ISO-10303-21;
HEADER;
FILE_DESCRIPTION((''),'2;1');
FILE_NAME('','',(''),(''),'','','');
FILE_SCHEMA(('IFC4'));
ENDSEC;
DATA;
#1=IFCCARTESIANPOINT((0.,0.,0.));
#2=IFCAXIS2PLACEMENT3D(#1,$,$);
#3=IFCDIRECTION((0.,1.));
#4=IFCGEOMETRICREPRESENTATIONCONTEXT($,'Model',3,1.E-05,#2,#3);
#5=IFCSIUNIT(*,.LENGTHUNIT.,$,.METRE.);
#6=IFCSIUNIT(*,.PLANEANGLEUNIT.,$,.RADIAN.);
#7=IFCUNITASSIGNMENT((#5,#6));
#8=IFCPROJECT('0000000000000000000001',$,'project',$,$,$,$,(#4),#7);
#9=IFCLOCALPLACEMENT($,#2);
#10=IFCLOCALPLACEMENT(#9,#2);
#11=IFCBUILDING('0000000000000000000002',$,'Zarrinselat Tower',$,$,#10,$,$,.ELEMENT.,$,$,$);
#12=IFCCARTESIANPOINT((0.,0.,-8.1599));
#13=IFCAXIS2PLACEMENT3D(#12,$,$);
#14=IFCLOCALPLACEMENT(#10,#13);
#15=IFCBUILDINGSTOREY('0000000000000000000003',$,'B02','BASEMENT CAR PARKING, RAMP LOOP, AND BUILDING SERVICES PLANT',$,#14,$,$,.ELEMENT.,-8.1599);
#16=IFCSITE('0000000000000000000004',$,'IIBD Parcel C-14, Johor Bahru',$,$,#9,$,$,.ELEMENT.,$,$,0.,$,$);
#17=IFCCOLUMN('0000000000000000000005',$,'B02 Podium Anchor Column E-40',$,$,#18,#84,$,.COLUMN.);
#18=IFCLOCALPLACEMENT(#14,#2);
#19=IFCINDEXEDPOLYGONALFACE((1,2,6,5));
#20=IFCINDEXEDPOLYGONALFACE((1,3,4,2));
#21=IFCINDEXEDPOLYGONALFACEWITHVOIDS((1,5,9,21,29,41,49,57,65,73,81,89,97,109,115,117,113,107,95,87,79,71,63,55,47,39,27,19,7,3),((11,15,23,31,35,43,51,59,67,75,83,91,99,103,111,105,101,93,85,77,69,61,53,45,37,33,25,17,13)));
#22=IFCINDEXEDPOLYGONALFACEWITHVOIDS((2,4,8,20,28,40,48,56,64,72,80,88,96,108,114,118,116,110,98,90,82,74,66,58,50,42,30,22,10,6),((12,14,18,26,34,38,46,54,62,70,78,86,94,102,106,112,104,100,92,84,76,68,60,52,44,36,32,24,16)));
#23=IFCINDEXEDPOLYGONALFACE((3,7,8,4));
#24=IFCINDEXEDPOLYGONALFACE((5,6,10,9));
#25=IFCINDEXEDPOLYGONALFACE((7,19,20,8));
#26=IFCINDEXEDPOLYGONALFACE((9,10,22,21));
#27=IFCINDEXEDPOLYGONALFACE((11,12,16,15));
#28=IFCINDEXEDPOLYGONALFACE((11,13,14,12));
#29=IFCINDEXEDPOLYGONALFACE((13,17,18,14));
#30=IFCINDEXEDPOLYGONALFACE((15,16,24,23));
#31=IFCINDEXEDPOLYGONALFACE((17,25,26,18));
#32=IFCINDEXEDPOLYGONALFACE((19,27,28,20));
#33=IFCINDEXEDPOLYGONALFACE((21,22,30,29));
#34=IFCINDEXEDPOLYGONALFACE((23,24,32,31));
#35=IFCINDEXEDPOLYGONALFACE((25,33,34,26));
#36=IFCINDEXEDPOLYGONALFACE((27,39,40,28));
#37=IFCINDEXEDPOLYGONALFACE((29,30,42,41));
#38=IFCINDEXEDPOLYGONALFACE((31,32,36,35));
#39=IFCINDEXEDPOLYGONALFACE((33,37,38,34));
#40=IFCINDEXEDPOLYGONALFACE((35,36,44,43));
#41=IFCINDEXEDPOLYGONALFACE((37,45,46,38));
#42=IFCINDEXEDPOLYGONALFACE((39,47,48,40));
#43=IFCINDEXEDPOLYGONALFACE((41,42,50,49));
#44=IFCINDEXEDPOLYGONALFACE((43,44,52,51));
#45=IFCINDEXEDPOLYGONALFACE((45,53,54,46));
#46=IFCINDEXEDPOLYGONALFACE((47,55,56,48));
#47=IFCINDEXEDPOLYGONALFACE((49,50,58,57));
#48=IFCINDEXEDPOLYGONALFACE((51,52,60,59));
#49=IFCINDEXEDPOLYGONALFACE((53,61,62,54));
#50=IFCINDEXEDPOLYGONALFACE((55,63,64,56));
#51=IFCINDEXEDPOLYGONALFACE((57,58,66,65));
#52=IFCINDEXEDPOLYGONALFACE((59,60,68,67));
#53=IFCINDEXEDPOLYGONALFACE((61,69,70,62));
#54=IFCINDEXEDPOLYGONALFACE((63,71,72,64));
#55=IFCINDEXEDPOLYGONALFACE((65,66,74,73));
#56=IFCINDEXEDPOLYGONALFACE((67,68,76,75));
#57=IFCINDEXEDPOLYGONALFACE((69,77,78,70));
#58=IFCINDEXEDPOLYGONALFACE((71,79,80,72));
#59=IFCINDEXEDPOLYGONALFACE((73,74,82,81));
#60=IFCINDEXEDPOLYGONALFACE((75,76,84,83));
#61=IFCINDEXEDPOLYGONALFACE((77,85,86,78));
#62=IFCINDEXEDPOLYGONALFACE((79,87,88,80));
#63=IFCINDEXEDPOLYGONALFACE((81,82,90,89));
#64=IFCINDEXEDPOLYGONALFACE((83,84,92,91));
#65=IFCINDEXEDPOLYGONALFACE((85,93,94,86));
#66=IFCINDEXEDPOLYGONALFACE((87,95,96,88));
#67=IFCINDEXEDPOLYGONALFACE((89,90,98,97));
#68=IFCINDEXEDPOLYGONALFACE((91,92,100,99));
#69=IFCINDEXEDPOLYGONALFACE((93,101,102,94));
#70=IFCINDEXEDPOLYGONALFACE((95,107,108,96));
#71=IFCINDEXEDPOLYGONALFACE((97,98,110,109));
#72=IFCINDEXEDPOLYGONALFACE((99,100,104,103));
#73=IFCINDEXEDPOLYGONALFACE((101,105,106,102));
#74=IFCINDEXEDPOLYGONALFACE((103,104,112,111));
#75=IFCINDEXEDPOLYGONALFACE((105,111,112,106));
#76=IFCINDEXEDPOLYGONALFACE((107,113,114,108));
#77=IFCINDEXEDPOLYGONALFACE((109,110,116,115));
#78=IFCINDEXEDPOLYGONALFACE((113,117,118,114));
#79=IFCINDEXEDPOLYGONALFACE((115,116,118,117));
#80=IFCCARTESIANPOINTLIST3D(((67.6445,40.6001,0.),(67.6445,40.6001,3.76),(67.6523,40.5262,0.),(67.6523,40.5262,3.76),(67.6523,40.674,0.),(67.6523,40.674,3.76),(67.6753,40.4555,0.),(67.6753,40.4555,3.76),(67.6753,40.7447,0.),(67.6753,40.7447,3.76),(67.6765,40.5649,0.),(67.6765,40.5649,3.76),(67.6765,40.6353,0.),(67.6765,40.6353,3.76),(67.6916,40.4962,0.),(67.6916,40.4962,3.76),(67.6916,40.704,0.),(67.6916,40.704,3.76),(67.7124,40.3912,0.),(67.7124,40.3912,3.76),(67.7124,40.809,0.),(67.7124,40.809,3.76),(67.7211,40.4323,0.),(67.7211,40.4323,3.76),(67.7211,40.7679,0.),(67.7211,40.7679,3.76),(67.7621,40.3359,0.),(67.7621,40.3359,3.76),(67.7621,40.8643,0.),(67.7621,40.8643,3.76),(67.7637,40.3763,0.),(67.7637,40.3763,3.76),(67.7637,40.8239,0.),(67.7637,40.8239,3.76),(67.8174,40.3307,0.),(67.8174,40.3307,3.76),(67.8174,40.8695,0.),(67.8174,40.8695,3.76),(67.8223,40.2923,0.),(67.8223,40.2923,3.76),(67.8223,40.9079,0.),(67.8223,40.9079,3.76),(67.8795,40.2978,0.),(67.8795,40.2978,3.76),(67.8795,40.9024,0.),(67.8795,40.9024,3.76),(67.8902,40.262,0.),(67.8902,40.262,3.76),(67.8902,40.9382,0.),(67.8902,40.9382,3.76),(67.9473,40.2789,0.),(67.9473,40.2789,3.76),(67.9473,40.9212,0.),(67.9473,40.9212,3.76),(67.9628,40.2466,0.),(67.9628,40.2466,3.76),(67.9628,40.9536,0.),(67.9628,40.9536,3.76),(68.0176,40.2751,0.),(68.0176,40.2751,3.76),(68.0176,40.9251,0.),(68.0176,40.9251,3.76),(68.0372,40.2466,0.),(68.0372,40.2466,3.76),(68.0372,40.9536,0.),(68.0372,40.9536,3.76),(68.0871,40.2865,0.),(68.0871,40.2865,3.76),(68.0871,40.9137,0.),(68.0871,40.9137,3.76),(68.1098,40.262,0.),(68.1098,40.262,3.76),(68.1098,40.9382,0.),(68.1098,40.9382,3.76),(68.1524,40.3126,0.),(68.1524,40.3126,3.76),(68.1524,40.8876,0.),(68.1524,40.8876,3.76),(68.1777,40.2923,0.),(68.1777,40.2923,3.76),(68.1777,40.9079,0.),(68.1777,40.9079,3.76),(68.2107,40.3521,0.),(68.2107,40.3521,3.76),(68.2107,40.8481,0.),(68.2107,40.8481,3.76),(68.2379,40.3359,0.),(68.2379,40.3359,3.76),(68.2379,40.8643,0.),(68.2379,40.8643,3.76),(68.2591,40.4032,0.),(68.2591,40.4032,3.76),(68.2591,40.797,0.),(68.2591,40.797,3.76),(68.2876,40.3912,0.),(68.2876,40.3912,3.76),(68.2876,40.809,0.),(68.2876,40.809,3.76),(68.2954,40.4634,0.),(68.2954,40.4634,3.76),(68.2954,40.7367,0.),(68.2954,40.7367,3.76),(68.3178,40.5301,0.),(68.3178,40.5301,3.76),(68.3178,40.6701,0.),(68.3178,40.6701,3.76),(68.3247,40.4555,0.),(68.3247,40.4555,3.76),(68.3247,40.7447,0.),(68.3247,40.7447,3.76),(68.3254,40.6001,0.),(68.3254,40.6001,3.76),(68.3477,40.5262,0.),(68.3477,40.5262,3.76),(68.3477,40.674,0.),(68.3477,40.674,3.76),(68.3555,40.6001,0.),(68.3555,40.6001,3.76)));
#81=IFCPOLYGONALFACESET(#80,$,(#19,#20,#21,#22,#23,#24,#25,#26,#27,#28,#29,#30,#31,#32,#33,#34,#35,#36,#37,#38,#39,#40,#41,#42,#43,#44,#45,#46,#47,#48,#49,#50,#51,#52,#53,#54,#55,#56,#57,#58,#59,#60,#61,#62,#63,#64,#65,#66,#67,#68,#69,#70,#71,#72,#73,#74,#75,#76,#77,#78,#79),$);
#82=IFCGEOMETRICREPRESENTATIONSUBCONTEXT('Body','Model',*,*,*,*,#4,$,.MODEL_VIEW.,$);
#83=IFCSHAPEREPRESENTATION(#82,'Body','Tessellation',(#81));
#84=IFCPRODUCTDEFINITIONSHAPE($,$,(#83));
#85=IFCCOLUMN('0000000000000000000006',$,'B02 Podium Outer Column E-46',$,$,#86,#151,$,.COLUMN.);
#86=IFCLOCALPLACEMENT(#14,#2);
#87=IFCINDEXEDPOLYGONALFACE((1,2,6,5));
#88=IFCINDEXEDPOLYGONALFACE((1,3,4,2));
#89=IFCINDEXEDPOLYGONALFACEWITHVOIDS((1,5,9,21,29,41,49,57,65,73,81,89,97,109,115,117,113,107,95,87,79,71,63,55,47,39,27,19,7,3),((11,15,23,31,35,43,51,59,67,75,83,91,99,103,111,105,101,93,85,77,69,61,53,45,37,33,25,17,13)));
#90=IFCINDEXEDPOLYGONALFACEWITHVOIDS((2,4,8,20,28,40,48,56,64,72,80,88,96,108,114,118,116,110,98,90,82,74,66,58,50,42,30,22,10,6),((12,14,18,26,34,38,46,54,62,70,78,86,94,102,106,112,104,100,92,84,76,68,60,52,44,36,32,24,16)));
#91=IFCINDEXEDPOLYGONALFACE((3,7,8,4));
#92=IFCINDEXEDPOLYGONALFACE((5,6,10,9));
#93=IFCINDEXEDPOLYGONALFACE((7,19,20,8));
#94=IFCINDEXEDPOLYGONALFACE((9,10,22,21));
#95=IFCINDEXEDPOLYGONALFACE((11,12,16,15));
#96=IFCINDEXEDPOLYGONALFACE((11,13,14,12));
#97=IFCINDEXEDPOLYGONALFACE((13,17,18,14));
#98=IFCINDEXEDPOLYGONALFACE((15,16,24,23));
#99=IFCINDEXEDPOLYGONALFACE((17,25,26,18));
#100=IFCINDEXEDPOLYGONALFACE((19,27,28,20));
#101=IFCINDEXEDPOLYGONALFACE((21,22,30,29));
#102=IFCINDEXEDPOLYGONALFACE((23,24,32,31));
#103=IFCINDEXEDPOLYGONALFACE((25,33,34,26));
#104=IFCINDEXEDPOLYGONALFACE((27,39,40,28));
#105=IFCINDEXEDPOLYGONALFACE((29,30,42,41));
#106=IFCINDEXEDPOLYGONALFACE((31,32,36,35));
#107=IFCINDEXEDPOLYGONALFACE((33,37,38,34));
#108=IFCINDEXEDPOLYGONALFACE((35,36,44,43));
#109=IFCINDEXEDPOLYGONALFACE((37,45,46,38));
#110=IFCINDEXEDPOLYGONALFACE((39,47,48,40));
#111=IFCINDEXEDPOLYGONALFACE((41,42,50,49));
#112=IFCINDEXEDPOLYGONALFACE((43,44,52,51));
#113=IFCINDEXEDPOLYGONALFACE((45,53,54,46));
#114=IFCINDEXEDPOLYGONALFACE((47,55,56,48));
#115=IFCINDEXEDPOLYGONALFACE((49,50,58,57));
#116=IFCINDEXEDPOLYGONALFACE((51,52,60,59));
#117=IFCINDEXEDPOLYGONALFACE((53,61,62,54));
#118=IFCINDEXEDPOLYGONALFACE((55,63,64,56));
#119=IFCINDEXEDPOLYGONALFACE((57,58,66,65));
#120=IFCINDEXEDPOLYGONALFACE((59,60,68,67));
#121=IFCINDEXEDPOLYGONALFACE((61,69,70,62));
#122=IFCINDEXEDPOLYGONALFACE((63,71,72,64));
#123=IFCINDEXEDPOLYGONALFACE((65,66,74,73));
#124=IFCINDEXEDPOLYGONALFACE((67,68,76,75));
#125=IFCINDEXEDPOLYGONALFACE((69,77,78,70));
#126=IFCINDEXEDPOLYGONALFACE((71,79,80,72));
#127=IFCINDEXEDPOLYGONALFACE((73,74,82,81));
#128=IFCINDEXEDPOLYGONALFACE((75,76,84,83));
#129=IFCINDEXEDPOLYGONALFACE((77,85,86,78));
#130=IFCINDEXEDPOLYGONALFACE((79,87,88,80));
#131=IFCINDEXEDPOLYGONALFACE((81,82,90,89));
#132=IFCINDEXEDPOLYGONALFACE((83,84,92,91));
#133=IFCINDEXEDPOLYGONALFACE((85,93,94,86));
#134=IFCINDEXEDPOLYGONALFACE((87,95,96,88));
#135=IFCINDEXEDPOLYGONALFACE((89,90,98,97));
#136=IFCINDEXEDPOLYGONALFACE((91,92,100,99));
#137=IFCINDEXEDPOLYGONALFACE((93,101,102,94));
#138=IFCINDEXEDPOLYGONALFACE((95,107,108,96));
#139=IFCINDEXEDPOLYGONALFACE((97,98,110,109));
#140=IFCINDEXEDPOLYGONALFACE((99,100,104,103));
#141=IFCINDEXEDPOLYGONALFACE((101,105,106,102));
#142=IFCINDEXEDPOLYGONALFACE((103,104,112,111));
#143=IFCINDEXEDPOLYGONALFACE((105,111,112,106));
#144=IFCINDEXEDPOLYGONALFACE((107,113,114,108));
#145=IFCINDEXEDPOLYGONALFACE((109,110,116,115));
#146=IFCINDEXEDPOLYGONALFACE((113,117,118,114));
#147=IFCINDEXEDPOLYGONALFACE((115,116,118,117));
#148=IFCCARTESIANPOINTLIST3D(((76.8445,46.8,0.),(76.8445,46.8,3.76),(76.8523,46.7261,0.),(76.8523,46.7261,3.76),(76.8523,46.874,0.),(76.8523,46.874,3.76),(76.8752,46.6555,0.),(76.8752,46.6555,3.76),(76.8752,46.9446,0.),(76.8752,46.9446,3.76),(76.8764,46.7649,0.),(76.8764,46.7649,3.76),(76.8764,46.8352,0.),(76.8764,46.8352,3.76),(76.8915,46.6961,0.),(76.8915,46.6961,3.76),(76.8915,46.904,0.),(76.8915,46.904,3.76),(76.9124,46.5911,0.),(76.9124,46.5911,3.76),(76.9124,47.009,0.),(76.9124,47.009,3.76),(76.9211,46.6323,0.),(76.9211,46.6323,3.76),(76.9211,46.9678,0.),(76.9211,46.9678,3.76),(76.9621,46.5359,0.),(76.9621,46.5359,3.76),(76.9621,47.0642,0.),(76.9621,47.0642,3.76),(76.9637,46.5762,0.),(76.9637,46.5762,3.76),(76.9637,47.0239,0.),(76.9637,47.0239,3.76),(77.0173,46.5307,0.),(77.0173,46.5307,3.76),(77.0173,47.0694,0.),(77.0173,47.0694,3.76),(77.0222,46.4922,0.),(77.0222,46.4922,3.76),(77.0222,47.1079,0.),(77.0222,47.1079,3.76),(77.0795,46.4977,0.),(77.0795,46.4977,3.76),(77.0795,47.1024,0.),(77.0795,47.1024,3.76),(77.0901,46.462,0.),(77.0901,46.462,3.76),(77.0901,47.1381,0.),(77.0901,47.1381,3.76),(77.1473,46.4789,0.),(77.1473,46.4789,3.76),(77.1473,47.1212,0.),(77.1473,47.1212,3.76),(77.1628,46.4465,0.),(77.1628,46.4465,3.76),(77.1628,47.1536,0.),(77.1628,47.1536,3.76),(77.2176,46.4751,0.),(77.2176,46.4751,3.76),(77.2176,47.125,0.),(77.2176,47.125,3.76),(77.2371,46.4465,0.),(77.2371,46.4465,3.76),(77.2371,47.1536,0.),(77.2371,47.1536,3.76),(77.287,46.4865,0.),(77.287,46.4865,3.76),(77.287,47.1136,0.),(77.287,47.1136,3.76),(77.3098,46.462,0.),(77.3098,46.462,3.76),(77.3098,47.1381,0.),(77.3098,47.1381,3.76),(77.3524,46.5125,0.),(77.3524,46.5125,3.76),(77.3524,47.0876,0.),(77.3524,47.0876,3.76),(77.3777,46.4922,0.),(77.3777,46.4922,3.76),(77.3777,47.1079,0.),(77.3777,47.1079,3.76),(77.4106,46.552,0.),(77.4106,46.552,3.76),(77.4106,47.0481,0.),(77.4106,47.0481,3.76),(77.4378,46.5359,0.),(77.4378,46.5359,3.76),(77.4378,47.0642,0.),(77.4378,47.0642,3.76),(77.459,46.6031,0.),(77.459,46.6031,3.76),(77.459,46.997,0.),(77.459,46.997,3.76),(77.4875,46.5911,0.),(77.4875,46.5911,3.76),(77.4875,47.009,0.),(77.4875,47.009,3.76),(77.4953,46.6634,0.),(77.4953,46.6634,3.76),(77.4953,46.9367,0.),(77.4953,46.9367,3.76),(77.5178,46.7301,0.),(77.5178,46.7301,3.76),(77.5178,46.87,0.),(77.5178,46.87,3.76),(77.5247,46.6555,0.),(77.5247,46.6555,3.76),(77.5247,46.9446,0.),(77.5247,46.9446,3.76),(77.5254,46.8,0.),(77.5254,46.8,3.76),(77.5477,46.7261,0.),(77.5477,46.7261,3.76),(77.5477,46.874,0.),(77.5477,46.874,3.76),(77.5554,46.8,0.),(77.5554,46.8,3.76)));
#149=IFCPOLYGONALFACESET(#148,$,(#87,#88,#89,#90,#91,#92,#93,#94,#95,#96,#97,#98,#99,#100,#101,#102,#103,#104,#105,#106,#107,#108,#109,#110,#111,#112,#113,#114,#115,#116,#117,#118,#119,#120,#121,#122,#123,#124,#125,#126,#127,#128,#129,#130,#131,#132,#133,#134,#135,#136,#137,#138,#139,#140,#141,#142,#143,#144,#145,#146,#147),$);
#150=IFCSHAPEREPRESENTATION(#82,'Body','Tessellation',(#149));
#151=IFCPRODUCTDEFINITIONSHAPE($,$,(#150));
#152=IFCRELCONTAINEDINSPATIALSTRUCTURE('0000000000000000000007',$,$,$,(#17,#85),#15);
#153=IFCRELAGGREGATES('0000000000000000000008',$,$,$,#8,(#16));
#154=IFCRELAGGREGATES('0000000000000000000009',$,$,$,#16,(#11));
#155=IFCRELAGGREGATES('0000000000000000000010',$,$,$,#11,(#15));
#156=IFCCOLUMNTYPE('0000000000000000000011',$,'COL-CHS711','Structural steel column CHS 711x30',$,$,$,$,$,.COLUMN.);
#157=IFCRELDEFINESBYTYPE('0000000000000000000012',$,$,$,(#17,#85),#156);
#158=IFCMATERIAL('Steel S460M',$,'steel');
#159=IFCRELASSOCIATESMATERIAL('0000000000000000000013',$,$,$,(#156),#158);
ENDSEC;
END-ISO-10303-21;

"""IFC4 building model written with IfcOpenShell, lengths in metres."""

from ifc_helpers import new_model, si_unit, direction, frame, origin, origin_2d, place, context, subcontext, project, spatial, hollow_circle, extrude, material, material_profile, profile_set, type_object, element, save


model = new_model("IFC4")

# Units and contexts
model_context = context("Model", 3, precision=1e-05, world=origin(), true_north=direction((0.0, 1.0)))
body_context = subcontext(model_context, "Body", "Model", "MODEL_VIEW")
ifc_project = project(units=[si_unit("LENGTHUNIT", "METRE"), si_unit("PLANEANGLEUNIT", "RADIAN")], contexts=[model_context])

# Site, building, storey
site_placement = place(None, origin())
site = spatial("IfcSite", under=ifc_project, at=site_placement, Name="IIBD Parcel C-14, Johor Bahru", CompositionType="ELEMENT", RefElevation=0.0)
building_placement = place(site_placement, origin())
building = spatial("IfcBuilding", under=site, at=building_placement, Name="Zarrinselat Tower", CompositionType="ELEMENT")
storey_placement = place(building_placement, frame((0.0, 0.0, -8.1599)))
storey = spatial("IfcBuildingStorey", under=building, at=storey_placement, Name="B02", Description="BASEMENT CAR PARKING, RAMP LOOP, AND BUILDING SERVICES PLANT", CompositionType="ELEMENT", Elevation=-8.1599)

# Columns
ifc_material_1 = material(Name="Steel S460M", Category="steel")
ifc_material_profile_1 = material_profile(ifc_material_1, hollow_circle(Radius=0.3555, WallThickness=0.03, at=origin_2d()), Name="CHS 711x30")
ifc_profile_set_1 = profile_set([ifc_material_profile_1], Name="Steel S460M")
column_type_1 = type_object("IfcColumnType", Name="COL-CHS711", Description="Structural steel column CHS 711x30", PredefinedType="COLUMN", material=ifc_profile_set_1)
for number, where, z_axis, x_axis, name in (
    (1, (68.0, 40.6001, 0.0), (0.0, 0.0, 1.0), (1.0, 0.0, 0.0), "B02 Podium Anchor Column E-40"),
    (2, (77.2, 46.8, 0.0), (0.0, 0.0, 1.0), (1.0, 0.0, 0.0), "B02 Podium Outer Column E-46"),
):
    element("IfcColumn", number, at=place(storey_placement, frame(where, z_axis=z_axis, x_axis=x_axis)), inside=storey, type_object=column_type_1, Name=name, PredefinedType="COLUMN", context=body_context, shape_type="SweptSolid", body=[
        extrude(hollow_circle(Radius=0.3555, WallThickness=0.03, at=origin_2d()), origin(), (0.0, 0.0, 1.0), 3.76),
    ])

save(model, "model.ifc")
